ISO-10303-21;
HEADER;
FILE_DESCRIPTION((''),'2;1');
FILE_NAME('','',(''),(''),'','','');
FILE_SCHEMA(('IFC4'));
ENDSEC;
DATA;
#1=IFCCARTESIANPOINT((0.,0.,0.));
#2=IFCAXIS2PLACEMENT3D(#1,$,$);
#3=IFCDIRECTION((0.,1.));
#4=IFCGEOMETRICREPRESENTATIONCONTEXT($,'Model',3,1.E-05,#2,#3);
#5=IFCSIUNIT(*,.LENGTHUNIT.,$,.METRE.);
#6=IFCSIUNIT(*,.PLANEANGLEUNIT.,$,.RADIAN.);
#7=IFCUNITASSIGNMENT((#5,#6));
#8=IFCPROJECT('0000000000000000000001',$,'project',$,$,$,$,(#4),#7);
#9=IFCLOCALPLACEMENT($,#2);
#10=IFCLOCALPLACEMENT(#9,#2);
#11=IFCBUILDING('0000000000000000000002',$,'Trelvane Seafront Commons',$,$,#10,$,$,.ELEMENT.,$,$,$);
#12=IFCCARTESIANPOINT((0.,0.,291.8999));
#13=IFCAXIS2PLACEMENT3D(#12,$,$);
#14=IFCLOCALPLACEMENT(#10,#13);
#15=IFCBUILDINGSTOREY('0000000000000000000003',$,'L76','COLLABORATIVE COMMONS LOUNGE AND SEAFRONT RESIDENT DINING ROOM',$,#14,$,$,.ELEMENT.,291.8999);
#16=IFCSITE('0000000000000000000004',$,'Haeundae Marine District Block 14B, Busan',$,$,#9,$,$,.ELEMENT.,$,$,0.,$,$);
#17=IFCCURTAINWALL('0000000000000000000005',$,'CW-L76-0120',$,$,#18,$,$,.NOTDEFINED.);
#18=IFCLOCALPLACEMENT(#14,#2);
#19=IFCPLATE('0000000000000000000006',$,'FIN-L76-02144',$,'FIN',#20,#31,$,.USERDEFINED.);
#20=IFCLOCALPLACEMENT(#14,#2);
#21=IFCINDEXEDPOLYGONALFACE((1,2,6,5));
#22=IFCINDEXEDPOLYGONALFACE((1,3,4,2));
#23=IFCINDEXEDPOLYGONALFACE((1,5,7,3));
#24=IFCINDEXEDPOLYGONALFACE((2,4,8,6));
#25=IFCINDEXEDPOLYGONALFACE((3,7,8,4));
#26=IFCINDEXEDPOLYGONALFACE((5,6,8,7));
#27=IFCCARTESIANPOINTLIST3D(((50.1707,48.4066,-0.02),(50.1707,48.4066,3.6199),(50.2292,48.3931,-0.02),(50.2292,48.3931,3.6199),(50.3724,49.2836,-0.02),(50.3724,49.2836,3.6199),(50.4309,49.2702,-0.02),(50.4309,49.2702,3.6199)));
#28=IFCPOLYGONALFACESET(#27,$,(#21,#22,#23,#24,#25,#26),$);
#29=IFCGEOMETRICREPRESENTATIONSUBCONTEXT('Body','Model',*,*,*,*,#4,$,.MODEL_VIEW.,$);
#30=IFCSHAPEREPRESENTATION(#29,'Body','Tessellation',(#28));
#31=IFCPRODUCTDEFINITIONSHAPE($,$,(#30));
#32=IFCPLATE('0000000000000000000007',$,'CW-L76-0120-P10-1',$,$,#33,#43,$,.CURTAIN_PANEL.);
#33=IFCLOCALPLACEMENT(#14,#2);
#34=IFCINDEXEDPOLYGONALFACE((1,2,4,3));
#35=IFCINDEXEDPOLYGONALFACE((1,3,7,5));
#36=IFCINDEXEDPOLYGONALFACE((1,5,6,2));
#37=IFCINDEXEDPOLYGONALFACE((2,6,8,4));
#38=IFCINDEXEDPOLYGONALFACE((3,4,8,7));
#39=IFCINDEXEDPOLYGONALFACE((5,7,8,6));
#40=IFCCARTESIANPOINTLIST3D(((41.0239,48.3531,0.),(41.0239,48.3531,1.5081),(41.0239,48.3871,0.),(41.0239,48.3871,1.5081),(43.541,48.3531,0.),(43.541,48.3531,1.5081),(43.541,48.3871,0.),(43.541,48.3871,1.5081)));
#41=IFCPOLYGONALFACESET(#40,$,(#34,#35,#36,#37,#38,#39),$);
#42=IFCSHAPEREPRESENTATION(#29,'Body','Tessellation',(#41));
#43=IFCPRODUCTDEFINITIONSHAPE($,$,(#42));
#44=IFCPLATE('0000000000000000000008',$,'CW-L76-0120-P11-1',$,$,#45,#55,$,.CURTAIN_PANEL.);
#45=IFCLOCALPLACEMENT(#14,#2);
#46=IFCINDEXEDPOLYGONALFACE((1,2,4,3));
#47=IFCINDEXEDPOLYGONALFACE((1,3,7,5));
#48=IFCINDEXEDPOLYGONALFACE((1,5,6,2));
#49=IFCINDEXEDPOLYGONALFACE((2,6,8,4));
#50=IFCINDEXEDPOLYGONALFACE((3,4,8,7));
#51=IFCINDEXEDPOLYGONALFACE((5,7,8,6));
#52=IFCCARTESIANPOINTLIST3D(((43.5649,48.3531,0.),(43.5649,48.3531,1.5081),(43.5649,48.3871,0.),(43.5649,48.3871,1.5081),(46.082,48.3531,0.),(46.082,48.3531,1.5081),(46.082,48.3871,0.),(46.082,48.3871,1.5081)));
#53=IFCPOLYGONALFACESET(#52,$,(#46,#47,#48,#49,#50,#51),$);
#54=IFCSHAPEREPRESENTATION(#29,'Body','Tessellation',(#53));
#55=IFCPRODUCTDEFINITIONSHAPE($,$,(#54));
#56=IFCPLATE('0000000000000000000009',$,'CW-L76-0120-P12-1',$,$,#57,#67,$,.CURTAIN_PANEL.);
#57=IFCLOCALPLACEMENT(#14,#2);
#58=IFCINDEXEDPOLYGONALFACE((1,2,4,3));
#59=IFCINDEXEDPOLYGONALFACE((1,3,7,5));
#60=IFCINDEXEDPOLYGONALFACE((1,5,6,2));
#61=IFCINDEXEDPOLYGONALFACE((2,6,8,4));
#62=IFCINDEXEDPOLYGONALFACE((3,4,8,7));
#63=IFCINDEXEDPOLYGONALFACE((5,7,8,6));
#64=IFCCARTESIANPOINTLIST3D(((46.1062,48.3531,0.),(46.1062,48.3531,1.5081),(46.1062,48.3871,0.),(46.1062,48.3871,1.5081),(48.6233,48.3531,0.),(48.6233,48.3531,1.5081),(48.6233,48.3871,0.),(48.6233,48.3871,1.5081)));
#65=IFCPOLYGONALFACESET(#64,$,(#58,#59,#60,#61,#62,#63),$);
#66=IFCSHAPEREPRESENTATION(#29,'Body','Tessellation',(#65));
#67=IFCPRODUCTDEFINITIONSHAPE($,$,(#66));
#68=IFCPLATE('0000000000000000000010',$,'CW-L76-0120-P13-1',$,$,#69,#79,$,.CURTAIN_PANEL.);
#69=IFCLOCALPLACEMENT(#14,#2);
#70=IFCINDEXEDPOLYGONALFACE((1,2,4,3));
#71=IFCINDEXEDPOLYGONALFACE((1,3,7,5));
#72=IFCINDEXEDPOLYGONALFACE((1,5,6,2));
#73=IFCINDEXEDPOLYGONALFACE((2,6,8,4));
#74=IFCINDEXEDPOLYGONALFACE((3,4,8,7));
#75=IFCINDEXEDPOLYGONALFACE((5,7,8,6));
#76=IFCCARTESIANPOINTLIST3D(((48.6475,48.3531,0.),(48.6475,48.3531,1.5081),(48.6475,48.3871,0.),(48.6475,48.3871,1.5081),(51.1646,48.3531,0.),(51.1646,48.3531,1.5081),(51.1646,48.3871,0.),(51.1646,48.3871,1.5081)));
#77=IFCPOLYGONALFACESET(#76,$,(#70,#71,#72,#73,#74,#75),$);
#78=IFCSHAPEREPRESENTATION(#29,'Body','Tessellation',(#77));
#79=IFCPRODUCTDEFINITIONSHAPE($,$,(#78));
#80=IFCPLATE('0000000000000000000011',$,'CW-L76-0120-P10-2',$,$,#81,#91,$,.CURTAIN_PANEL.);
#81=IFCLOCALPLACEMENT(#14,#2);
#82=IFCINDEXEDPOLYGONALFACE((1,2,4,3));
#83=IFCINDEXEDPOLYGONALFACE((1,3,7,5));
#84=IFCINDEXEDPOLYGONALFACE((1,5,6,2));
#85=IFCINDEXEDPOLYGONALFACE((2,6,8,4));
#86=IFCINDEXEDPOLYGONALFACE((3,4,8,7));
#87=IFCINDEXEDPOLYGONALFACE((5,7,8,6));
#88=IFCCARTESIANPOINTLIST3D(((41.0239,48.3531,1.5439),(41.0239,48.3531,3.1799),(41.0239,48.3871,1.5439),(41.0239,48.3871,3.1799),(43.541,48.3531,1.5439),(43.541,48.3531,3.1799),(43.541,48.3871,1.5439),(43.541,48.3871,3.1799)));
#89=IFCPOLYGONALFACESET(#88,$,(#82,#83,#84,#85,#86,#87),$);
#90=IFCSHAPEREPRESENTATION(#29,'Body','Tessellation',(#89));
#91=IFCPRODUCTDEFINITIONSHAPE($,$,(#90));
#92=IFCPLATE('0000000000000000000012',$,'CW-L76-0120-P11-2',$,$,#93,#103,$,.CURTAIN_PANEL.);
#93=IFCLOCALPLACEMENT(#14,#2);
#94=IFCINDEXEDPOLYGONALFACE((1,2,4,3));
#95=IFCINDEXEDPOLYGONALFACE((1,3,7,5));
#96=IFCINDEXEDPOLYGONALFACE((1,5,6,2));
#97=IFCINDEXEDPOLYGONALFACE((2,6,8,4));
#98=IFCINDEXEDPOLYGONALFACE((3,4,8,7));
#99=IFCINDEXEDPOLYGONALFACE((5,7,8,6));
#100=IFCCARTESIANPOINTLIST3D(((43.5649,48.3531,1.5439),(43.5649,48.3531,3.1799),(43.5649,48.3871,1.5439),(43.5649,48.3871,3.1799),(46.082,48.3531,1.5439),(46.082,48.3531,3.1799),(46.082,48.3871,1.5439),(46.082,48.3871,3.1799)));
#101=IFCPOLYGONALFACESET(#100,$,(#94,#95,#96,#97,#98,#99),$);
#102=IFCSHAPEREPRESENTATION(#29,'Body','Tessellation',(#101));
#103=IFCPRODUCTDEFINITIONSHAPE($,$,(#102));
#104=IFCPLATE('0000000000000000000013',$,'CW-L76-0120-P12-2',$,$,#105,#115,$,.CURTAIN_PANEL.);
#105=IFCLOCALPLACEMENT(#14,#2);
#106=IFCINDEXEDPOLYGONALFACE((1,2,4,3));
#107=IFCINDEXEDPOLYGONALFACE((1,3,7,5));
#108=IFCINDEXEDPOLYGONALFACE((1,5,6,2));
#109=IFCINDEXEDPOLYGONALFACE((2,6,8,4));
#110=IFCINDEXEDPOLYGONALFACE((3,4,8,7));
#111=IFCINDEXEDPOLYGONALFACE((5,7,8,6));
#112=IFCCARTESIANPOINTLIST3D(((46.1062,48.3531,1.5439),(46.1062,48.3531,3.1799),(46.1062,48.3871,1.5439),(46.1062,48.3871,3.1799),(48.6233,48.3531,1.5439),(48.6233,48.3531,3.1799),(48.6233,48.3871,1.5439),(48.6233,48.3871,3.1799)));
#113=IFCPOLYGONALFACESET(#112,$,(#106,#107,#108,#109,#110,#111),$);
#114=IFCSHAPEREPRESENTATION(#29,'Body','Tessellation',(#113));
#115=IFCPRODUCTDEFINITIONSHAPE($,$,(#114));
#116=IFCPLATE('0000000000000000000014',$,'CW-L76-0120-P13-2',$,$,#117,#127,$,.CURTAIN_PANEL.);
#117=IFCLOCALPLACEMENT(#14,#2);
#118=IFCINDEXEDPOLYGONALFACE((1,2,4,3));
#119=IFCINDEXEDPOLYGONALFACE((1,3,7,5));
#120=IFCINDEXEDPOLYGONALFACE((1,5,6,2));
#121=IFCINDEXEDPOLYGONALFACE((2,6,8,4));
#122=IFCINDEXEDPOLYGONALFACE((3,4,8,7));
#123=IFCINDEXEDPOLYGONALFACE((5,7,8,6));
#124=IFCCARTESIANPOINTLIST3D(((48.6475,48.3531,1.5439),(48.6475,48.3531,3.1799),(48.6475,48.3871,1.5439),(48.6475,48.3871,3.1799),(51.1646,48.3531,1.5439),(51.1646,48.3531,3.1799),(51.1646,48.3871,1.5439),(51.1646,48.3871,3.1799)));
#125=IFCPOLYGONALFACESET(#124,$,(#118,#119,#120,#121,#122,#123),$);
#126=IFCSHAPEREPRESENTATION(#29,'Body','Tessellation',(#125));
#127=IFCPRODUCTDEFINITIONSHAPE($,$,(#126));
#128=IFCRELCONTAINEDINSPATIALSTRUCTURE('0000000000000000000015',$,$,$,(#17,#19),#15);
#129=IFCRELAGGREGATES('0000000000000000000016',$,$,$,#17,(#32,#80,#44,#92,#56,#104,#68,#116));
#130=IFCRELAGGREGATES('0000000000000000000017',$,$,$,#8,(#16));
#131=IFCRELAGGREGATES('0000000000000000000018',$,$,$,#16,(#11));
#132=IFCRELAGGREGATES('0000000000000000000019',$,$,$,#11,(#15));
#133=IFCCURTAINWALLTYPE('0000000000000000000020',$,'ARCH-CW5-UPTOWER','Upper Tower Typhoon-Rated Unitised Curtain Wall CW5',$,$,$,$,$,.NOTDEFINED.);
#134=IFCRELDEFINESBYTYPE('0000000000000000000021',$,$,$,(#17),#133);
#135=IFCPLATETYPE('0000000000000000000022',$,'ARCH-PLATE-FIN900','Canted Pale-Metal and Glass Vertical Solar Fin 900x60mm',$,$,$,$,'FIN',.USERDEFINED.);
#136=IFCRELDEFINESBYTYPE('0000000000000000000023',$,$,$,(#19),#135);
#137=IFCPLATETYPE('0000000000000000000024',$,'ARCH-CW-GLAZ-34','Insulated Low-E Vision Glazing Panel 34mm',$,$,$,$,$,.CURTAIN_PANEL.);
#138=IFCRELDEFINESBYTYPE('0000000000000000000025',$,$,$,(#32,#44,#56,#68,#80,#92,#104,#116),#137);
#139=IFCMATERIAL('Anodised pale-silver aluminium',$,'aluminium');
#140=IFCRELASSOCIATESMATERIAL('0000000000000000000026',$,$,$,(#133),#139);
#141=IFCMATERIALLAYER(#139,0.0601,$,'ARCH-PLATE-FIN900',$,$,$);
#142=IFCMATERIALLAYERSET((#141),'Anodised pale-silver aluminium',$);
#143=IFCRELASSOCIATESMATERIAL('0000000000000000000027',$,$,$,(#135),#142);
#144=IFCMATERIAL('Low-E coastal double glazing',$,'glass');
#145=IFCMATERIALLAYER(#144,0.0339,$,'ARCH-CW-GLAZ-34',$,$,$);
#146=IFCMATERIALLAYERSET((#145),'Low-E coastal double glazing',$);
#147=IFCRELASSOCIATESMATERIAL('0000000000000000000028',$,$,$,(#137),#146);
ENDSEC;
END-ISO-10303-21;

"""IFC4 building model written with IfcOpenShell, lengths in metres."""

from ifc_helpers import new_model, si_unit, direction, frame, origin, origin_2d, place, context, subcontext, project, spatial, rectangle, extrude, source, transform, mapped, material, layer, layer_set, type_object, element, aggregate, save


model = new_model("IFC4")

# Units and contexts
model_context = context("Model", 3, precision=1e-05, world=origin(), true_north=direction((0.0, 1.0)))
body_context = subcontext(model_context, "Body", "Model", "MODEL_VIEW")
ifc_project = project(units=[si_unit("LENGTHUNIT", "METRE"), si_unit("PLANEANGLEUNIT", "RADIAN")], contexts=[model_context])

# Site, building, storey
site_placement = place(None, origin())
site = spatial("IfcSite", under=ifc_project, at=site_placement, Name="Haeundae Marine District Block 14B, Busan", CompositionType="ELEMENT", RefElevation=0.0)
building_placement = place(site_placement, origin())
building = spatial("IfcBuilding", under=site, at=building_placement, Name="Trelvane Seafront Commons", CompositionType="ELEMENT")
storey_placement = place(building_placement, frame((0.0, 0.0, 291.8999)))
storey = spatial("IfcBuildingStorey", under=building, at=storey_placement, Name="L76", Description="COLLABORATIVE COMMONS LOUNGE AND SEAFRONT RESIDENT DINING ROOM", CompositionType="ELEMENT", Elevation=291.8999)

# Curtain wall
ifc_material_1 = material(Name="Anodised pale-silver aluminium", Category="aluminium")
curtain_wall_type = type_object("IfcCurtainWallType", Name="ARCH-CW5-UPTOWER", Description="Upper Tower Typhoon-Rated Unitised Curtain Wall CW5", PredefinedType="NOTDEFINED", material=ifc_material_1)
curtain_wall_placement = place(storey_placement, origin())
curtain_wall = element("IfcCurtainWall", 1, at=curtain_wall_placement, inside=storey, type_object=curtain_wall_type, Name="CW-L76-0120", PredefinedType="NOTDEFINED")

# Plate
ifc_layer_1 = layer(ifc_material_1, 0.0601, Name="ARCH-PLATE-FIN900")
ifc_layer_set_1 = layer_set([ifc_layer_1], Name="Anodised pale-silver aluminium")
plate_type_1 = type_object("IfcPlateType", Name="ARCH-PLATE-FIN900", Description="Canted Pale-Metal and Glass Vertical Solar Fin 900x60mm", ElementType="FIN", PredefinedType="USERDEFINED", material=ifc_layer_set_1)
shared_shape_1 = source(origin(), body_context, "Body", "SweptSolid", [
    extrude(rectangle(XDim=0.8999, YDim=0.0601, at=origin_2d()), origin(), (0.0, 0.0, 1.0), 3.6399),
])
for number, where, z_axis, x_axis, name in (
    (2, (50.3008, 48.8384, -0.02), (0.0, 0.0, 1.0), (0.224113, 0.974563, 0.0), "FIN-L76-02144"),
):
    element("IfcPlate", number, at=place(storey_placement, frame(where, z_axis=z_axis, x_axis=x_axis)), inside=storey, type_object=plate_type_1, Name=name, ObjectType="FIN", PredefinedType="USERDEFINED", context=body_context, shape_type="MappedRepresentation", body=[
        mapped(shared_shape_1, transform((0.0, 0.0, 0.0), x_axis=(1.0, 0.0, 0.0), y_axis=(0.0, 1.0, 0.0), z_axis=(0.0, 0.0, 1.0), scale=1.0)),
    ])

# Plates
ifc_material_2 = material(Name="Low-E coastal double glazing", Category="glass")
ifc_layer_2 = layer(ifc_material_2, 0.0339, Name="ARCH-CW-GLAZ-34")
ifc_layer_set_2 = layer_set([ifc_layer_2], Name="Low-E coastal double glazing")
plate_type_2 = type_object("IfcPlateType", Name="ARCH-CW-GLAZ-34", Description="Insulated Low-E Vision Glazing Panel 34mm", PredefinedType="CURTAIN_PANEL", material=ifc_layer_set_2)
shared_shape_2 = source(origin(), body_context, "Body", "SweptSolid", [
    extrude(rectangle(XDim=2.5171, YDim=0.0339, at=origin_2d()), origin(), (0.0, 0.0, 1.0), 1.5081),
])
plate_1_placement = place(storey_placement, frame((42.2825, 48.3701, 0.0), z_axis=(0.0, 0.0, 1.0), x_axis=(1.0, 0.0, 0.0)))
plate_1 = element("IfcPlate", 3, at=plate_1_placement, type_object=plate_type_2, Name="CW-L76-0120-P10-1", PredefinedType="CURTAIN_PANEL", context=body_context, shape_type="MappedRepresentation", body=[
    mapped(shared_shape_2, transform((0.0, 0.0, 0.0), x_axis=(1.0, 0.0, 0.0), y_axis=(0.0, 1.0, 0.0), z_axis=(0.0, 0.0, 1.0), scale=1.0)),
])
plate_2_placement = place(storey_placement, frame((44.8235, 48.3701, 0.0), z_axis=(0.0, 0.0, 1.0), x_axis=(1.0, 0.0, 0.0)))
plate_2 = element("IfcPlate", 4, at=plate_2_placement, type_object=plate_type_2, Name="CW-L76-0120-P11-1", PredefinedType="CURTAIN_PANEL", context=body_context, shape_type="MappedRepresentation", body=[
    mapped(shared_shape_2, transform((0.0, 0.0, 0.0), x_axis=(1.0, 0.0, 0.0), y_axis=(0.0, 1.0, 0.0), z_axis=(0.0, 0.0, 1.0), scale=1.0)),
])
plate_3_placement = place(storey_placement, frame((47.3647, 48.3701, 0.0), z_axis=(0.0, 0.0, 1.0), x_axis=(1.0, 0.0, 0.0)))
plate_3 = element("IfcPlate", 5, at=plate_3_placement, type_object=plate_type_2, Name="CW-L76-0120-P12-1", PredefinedType="CURTAIN_PANEL", context=body_context, shape_type="MappedRepresentation", body=[
    mapped(shared_shape_2, transform((0.0, 0.0, 0.0), x_axis=(1.0, 0.0, 0.0), y_axis=(0.0, 1.0, 0.0), z_axis=(0.0, 0.0, 1.0), scale=1.0)),
])
plate_4_placement = place(storey_placement, frame((49.906, 48.3701, 0.0), z_axis=(0.0, 0.0, 1.0), x_axis=(1.0, 0.0, 0.0)))
plate_4 = element("IfcPlate", 6, at=plate_4_placement, type_object=plate_type_2, Name="CW-L76-0120-P13-1", PredefinedType="CURTAIN_PANEL", context=body_context, shape_type="MappedRepresentation", body=[
    mapped(shared_shape_2, transform((0.0, 0.0, 0.0), x_axis=(1.0, 0.0, 0.0), y_axis=(0.0, 1.0, 0.0), z_axis=(0.0, 0.0, 1.0), scale=1.0)),
])
shared_shape_3 = source(origin(), body_context, "Body", "SweptSolid", [
    extrude(rectangle(XDim=2.5171, YDim=0.0339, at=origin_2d()), origin(), (0.0, 0.0, 1.0), 1.636),
])
plate_5_placement = place(storey_placement, frame((42.2825, 48.3701, 1.5439), z_axis=(0.0, 0.0, 1.0), x_axis=(1.0, 0.0, 0.0)))
plate_5 = element("IfcPlate", 7, at=plate_5_placement, type_object=plate_type_2, Name="CW-L76-0120-P10-2", PredefinedType="CURTAIN_PANEL", context=body_context, shape_type="MappedRepresentation", body=[
    mapped(shared_shape_3, transform((0.0, 0.0, 0.0), x_axis=(1.0, 0.0, 0.0), y_axis=(0.0, 1.0, 0.0), z_axis=(0.0, 0.0, 1.0), scale=1.0)),
])
plate_6_placement = place(storey_placement, frame((44.8235, 48.3701, 1.5439), z_axis=(0.0, 0.0, 1.0), x_axis=(1.0, 0.0, 0.0)))
plate_6 = element("IfcPlate", 8, at=plate_6_placement, type_object=plate_type_2, Name="CW-L76-0120-P11-2", PredefinedType="CURTAIN_PANEL", context=body_context, shape_type="MappedRepresentation", body=[
    mapped(shared_shape_3, transform((0.0, 0.0, 0.0), x_axis=(1.0, 0.0, 0.0), y_axis=(0.0, 1.0, 0.0), z_axis=(0.0, 0.0, 1.0), scale=1.0)),
])
plate_7_placement = place(storey_placement, frame((47.3647, 48.3701, 1.5439), z_axis=(0.0, 0.0, 1.0), x_axis=(1.0, 0.0, 0.0)))
plate_7 = element("IfcPlate", 9, at=plate_7_placement, type_object=plate_type_2, Name="CW-L76-0120-P12-2", PredefinedType="CURTAIN_PANEL", context=body_context, shape_type="MappedRepresentation", body=[
    mapped(shared_shape_3, transform((0.0, 0.0, 0.0), x_axis=(1.0, 0.0, 0.0), y_axis=(0.0, 1.0, 0.0), z_axis=(0.0, 0.0, 1.0), scale=1.0)),
])
plate_8_placement = place(storey_placement, frame((49.906, 48.3701, 1.5439), z_axis=(0.0, 0.0, 1.0), x_axis=(1.0, 0.0, 0.0)))
plate_8 = element("IfcPlate", 10, at=plate_8_placement, type_object=plate_type_2, Name="CW-L76-0120-P13-2", PredefinedType="CURTAIN_PANEL", context=body_context, shape_type="MappedRepresentation", body=[
    mapped(shared_shape_3, transform((0.0, 0.0, 0.0), x_axis=(1.0, 0.0, 0.0), y_axis=(0.0, 1.0, 0.0), z_axis=(0.0, 0.0, 1.0), scale=1.0)),
])
aggregate(curtain_wall, [plate_1, plate_5, plate_2, plate_6, plate_3, plate_7, plate_4, plate_8])

save(model, "model.ifc")
